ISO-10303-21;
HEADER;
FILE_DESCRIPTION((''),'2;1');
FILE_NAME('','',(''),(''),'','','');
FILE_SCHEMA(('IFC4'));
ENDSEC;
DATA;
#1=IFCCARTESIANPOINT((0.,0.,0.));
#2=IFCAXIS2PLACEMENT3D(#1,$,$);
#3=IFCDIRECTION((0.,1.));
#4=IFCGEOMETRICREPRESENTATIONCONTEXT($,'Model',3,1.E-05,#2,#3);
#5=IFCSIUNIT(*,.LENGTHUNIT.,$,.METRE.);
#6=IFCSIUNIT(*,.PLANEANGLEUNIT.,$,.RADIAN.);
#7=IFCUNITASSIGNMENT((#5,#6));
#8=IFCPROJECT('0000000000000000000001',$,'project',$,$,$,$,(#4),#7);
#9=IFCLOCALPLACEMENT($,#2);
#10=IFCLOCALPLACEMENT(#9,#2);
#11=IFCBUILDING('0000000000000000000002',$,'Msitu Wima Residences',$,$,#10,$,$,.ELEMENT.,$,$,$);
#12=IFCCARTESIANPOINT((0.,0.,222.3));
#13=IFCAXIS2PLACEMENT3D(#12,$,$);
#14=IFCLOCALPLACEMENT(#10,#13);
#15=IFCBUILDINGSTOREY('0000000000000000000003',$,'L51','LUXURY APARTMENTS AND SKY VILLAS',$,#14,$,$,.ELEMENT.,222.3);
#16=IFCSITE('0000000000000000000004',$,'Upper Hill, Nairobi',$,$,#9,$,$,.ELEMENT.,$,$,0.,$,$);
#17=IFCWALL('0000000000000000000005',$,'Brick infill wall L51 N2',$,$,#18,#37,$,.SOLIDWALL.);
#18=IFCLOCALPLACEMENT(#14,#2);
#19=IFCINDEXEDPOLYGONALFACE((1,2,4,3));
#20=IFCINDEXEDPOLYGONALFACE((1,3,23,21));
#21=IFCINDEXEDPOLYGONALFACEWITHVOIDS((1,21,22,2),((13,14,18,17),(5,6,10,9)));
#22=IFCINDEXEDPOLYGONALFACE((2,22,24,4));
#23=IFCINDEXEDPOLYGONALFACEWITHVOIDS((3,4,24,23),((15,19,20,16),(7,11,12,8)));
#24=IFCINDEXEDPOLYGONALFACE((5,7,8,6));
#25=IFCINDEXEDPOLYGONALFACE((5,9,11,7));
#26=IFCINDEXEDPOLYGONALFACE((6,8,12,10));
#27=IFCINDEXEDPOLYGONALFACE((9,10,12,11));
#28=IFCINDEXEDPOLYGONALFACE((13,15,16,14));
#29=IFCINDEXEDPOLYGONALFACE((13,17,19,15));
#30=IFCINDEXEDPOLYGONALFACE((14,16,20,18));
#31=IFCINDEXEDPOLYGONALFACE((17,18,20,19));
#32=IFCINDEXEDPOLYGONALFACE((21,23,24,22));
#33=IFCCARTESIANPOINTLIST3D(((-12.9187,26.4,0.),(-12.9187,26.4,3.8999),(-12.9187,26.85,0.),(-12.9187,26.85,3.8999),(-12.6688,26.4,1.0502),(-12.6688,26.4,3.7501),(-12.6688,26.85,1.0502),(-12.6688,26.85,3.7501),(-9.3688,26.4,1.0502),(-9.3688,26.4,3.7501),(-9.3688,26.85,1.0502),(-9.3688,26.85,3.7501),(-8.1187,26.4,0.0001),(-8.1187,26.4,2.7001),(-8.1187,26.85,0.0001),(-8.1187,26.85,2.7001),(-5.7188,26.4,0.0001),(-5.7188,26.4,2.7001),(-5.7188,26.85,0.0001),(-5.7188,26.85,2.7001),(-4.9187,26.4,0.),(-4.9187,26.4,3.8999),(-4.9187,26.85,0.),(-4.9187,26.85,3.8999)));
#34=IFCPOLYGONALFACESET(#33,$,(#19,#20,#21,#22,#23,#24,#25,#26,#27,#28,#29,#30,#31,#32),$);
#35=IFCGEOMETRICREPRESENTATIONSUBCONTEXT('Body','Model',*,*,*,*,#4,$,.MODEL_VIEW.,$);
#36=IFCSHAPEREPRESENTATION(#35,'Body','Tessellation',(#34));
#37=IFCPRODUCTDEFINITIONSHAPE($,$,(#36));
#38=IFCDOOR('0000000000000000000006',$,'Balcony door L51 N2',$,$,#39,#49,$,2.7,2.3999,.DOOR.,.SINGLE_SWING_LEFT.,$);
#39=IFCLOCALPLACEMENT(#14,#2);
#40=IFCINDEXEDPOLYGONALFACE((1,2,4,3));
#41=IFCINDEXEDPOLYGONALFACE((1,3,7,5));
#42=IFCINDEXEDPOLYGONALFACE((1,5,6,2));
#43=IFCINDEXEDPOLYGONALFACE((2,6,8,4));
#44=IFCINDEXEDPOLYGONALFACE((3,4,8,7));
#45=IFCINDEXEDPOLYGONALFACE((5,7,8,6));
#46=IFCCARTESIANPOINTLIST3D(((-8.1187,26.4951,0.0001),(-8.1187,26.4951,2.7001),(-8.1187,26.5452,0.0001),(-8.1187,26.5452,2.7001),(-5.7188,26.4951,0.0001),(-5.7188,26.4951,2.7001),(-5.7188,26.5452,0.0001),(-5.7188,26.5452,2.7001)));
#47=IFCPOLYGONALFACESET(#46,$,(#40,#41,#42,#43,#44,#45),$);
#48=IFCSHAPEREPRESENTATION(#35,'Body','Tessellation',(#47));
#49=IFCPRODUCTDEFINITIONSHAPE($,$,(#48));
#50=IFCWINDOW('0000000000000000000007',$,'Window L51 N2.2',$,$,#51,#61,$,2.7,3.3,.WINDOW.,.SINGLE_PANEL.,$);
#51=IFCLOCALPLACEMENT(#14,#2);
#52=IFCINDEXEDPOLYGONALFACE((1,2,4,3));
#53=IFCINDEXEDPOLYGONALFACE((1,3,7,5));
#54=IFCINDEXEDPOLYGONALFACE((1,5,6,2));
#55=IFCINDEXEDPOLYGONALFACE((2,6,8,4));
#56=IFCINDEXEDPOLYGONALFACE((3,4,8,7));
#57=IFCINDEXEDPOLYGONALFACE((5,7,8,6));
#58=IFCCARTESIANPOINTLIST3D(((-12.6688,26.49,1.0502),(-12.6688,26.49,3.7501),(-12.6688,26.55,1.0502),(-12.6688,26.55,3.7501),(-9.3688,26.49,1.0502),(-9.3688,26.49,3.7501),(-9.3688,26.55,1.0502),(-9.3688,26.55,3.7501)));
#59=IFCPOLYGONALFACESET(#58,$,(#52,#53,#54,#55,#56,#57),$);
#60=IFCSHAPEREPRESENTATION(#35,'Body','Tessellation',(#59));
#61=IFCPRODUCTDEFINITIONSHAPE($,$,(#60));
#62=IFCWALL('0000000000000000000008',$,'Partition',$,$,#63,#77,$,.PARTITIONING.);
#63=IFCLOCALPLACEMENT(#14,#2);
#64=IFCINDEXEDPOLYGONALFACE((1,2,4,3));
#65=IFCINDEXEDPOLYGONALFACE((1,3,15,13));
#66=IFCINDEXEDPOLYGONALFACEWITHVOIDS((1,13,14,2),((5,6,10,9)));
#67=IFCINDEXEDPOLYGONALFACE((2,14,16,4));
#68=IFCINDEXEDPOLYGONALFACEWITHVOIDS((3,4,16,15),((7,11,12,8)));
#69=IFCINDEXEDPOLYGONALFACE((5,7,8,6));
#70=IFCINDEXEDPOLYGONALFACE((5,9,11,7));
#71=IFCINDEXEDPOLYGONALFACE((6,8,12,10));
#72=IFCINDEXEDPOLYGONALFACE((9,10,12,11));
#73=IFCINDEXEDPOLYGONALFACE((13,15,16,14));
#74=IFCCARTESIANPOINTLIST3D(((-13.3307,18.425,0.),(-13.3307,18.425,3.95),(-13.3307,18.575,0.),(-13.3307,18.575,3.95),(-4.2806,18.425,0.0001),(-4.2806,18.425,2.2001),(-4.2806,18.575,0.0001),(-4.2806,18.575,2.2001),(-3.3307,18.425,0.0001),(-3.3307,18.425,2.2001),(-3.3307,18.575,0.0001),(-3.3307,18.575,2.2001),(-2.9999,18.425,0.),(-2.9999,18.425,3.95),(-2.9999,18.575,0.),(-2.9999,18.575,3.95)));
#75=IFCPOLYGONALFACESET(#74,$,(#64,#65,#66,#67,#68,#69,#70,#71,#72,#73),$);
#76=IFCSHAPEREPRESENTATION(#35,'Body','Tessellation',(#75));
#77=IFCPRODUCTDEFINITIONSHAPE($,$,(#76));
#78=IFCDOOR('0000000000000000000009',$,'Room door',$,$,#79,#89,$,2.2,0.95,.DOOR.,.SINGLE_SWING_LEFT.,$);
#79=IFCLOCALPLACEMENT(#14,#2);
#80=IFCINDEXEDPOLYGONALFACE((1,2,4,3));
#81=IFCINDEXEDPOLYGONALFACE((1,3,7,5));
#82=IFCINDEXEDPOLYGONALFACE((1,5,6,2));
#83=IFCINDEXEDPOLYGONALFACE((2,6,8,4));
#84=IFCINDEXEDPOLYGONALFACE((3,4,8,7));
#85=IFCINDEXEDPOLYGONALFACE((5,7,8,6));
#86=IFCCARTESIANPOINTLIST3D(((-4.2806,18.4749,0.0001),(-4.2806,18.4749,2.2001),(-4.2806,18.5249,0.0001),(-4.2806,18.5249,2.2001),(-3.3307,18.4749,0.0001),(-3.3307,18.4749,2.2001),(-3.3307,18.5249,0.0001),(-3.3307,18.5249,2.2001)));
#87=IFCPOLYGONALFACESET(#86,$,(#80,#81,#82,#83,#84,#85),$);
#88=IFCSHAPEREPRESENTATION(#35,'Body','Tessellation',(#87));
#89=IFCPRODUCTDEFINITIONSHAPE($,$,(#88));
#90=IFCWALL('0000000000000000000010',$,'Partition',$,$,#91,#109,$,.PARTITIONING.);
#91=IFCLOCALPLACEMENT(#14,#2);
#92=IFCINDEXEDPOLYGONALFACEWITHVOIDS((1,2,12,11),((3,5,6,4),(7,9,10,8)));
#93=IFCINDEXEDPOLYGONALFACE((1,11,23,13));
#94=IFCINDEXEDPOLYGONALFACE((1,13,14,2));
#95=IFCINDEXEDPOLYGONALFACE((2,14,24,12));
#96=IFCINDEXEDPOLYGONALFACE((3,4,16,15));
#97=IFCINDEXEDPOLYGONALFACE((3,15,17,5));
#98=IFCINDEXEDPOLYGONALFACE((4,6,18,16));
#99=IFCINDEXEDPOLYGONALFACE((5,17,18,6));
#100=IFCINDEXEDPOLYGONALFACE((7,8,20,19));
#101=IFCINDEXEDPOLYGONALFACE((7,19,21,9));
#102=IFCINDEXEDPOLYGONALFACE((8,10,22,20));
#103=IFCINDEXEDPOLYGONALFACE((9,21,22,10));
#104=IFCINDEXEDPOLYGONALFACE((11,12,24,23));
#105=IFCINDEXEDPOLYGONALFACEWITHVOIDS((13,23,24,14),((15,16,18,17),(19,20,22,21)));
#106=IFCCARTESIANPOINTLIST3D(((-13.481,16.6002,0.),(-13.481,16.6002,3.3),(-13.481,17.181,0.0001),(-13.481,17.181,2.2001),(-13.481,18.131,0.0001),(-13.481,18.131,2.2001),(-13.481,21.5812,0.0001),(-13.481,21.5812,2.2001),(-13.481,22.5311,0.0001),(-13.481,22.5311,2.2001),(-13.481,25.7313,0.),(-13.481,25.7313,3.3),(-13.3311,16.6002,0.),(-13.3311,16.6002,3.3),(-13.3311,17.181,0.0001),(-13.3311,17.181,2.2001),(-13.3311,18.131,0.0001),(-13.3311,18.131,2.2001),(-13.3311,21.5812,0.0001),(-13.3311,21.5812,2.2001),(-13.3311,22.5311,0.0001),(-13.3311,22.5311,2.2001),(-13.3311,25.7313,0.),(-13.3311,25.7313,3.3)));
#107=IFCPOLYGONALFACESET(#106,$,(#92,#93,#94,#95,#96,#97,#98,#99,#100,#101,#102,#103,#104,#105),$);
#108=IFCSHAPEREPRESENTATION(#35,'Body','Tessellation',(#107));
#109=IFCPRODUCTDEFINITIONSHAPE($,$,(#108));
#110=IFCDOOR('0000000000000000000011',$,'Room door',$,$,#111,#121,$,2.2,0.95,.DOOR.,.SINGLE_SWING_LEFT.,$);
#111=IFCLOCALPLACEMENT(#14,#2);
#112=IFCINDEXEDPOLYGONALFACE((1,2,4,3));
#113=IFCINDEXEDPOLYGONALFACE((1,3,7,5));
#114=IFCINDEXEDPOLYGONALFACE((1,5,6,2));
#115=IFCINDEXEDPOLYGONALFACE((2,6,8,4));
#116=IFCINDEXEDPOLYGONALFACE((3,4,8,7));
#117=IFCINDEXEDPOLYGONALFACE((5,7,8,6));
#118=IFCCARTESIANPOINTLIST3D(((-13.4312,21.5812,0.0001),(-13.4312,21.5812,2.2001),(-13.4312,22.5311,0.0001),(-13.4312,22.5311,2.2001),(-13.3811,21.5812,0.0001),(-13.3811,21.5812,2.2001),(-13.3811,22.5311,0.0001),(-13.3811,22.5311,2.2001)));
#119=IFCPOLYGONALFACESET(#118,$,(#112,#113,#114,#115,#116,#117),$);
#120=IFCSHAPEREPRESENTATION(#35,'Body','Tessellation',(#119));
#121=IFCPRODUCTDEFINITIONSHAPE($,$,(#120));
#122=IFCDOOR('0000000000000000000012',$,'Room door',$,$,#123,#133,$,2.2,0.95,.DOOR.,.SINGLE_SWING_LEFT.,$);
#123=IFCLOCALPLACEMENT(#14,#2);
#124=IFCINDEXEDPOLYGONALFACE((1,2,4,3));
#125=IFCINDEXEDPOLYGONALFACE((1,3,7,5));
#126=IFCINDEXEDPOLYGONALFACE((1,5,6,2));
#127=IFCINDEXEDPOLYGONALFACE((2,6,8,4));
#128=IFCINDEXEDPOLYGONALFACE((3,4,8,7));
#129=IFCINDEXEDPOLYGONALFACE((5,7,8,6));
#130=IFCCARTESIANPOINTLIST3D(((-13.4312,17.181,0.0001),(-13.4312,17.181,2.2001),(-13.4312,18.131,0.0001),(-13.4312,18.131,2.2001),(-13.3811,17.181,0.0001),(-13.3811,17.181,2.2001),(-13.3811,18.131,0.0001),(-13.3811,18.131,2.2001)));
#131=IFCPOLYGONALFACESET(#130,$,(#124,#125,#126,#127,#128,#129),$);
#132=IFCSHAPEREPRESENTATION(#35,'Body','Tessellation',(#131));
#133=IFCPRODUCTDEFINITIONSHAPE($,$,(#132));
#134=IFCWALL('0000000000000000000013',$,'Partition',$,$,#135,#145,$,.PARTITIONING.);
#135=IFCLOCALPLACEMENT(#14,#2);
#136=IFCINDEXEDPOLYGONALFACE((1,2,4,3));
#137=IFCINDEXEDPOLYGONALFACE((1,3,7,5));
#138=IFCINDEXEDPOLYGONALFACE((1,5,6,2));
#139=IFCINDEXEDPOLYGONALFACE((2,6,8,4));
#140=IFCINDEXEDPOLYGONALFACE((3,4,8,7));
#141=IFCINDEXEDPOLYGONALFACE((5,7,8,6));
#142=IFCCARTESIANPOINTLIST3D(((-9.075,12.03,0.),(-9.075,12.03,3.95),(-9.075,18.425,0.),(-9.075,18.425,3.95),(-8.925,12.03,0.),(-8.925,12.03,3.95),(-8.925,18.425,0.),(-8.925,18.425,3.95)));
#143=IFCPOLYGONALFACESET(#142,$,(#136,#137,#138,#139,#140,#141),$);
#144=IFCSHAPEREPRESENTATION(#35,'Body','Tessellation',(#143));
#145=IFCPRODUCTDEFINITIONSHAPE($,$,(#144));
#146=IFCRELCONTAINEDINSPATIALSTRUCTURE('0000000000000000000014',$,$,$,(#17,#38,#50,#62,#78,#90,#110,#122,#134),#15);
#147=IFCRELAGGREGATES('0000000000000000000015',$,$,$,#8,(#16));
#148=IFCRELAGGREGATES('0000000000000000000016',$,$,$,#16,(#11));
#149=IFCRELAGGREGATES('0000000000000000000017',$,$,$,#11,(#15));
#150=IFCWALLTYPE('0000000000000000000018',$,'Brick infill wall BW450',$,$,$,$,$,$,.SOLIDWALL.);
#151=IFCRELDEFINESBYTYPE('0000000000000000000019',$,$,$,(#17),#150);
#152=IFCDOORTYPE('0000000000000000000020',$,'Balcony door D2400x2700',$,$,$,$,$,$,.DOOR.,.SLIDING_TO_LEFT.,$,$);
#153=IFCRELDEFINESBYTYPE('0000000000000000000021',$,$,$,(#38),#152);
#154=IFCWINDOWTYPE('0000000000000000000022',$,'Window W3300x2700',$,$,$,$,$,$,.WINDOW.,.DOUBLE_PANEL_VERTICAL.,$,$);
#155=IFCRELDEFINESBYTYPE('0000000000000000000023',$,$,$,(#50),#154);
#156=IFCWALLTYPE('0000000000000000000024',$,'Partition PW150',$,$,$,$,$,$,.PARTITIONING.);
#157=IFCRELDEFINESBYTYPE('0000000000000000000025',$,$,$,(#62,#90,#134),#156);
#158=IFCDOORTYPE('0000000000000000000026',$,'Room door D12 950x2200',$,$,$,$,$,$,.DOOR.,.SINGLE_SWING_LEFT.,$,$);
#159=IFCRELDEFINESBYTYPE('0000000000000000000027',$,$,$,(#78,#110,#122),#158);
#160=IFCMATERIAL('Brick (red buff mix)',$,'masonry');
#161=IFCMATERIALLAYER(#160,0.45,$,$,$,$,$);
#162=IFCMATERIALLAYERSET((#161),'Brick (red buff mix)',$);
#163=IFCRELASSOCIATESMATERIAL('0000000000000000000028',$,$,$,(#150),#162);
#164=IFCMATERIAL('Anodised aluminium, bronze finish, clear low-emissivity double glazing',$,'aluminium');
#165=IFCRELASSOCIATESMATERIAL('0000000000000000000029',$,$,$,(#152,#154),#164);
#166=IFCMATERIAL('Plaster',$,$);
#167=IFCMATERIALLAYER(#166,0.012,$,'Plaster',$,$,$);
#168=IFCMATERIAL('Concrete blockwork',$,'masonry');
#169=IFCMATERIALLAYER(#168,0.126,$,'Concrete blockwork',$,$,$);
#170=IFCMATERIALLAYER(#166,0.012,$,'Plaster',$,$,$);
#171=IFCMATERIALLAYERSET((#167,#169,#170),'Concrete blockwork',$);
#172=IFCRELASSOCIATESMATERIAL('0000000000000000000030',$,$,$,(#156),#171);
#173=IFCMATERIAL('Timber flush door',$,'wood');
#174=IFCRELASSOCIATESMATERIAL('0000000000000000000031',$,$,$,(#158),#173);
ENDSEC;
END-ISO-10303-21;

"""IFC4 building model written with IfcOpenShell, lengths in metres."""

from ifc_helpers import new_model, si_unit, direction, frame, frame_2d, origin, place, context, subcontext, project, spatial, rectangle, extrude, material, layer, layer_set, type_object, element, fill, save


model = new_model("IFC4")

# Units and contexts
model_context = context("Model", 3, precision=1e-05, world=origin(), true_north=direction((0.0, 1.0)))
body_context = subcontext(model_context, "Body", "Model", "MODEL_VIEW")
ifc_project = project(units=[si_unit("LENGTHUNIT", "METRE"), si_unit("PLANEANGLEUNIT", "RADIAN")], contexts=[model_context])

# Site, building, storey
site_placement = place(None, origin())
site = spatial("IfcSite", under=ifc_project, at=site_placement, Name="Upper Hill, Nairobi", CompositionType="ELEMENT", RefElevation=0.0)
building_placement = place(site_placement, origin())
building = spatial("IfcBuilding", under=site, at=building_placement, Name="Msitu Wima Residences", CompositionType="ELEMENT")
storey_placement = place(building_placement, frame((0.0, 0.0, 222.3)))
storey = spatial("IfcBuildingStorey", under=building, at=storey_placement, Name="L51", Description="LUXURY APARTMENTS AND SKY VILLAS", CompositionType="ELEMENT", Elevation=222.3)

# Wall, openings, door, window
ifc_material_1 = material(Name="Brick (red buff mix)", Category="masonry")
ifc_layer_1 = layer(ifc_material_1, 0.45)
ifc_layer_set_1 = layer_set([ifc_layer_1], Name="Brick (red buff mix)")
wall_type_1 = type_object("IfcWallType", Name="Brick infill wall BW450", PredefinedType="SOLIDWALL", material=ifc_layer_set_1)
wall_1_placement = place(storey_placement, frame((-4.9187, 26.625, 0.0), z_axis=(0.0, 0.0, 1.0), x_axis=(-1.0, 0.0, 0.0)))
wall_1 = element("IfcWall", 1, at=wall_1_placement, inside=storey, type_object=wall_type_1, Name="Brick infill wall L51 N2", PredefinedType="SOLIDWALL", context=body_context, shape_type="SweptSolid", body=[
    extrude(rectangle(XDim=8.0, YDim=0.45, at=frame_2d((4.0, 0.0))), origin(), (0.0, 0.0, 1.0), 3.8999),
])
opening_1_placement = place(wall_1_placement, frame((0.8, 0.0, 0.0)))
opening_1 = element("IfcOpeningElement", 2, at=opening_1_placement, cuts=wall_1, PredefinedType="OPENING", context=body_context, shape_type="SweptSolid", body=[
    extrude(rectangle(XDim=2.3999, YDim=2.7, at=frame_2d((1.2, 1.3501))), frame((0.0, 0.2349, 0.0), z_axis=(0.0, -1.0, 0.0), x_axis=(1.0, 0.0, 0.0)), (0.0, 0.0, 1.0), 0.47),
])
opening_2_placement = place(wall_1_placement, frame((4.4502, 0.0, 1.05)))
opening_2 = element("IfcOpeningElement", 3, at=opening_2_placement, cuts=wall_1, PredefinedType="OPENING", context=body_context, shape_type="SweptSolid", body=[
    extrude(rectangle(XDim=3.3, YDim=2.7, at=frame_2d((1.6499, 1.3501))), frame((0.0, 0.2349, 0.0), z_axis=(0.0, -1.0, 0.0), x_axis=(1.0, 0.0, 0.0)), (0.0, 0.0, 1.0), 0.47),
])
ifc_material_2 = material(Name="Anodised aluminium, bronze finish, clear low-emissivity double glazing", Category="aluminium")
door_type_1 = type_object("IfcDoorType", Name="Balcony door D2400x2700", OperationType="SLIDING_TO_LEFT", PredefinedType="DOOR", material=ifc_material_2)
door_1_placement = place(opening_1_placement, origin())
door_1 = element("IfcDoor", 4, at=door_1_placement, inside=storey, type_object=door_type_1, Name="Balcony door L51 N2", OperationType="SINGLE_SWING_LEFT", OverallHeight=2.7, OverallWidth=2.3999, PredefinedType="DOOR", context=body_context, shape_type="SweptSolid", body=[
    extrude(rectangle(XDim=2.3999, YDim=2.7, at=frame_2d((1.2, 1.3501))), frame((0.0, 0.1299, 0.0), z_axis=(0.0, -1.0, 0.0), x_axis=(1.0, 0.0, 0.0)), (0.0, 0.0, 1.0), 0.05),
])
fill(opening_1, door_1)
window_type = type_object("IfcWindowType", Name="Window W3300x2700", PartitioningType="DOUBLE_PANEL_VERTICAL", PredefinedType="WINDOW", material=ifc_material_2)
window_placement = place(opening_2_placement, origin())
window = element("IfcWindow", 5, at=window_placement, inside=storey, type_object=window_type, Name="Window L51 N2.2", OverallHeight=2.7, OverallWidth=3.3, PartitioningType="SINGLE_PANEL", PredefinedType="WINDOW", context=body_context, shape_type="SweptSolid", body=[
    extrude(rectangle(XDim=3.3, YDim=2.7, at=frame_2d((1.6499, 1.3501))), frame((0.0, 0.135, 0.0), z_axis=(0.0, -1.0, 0.0), x_axis=(1.0, 0.0, 0.0)), (0.0, 0.0, 1.0), 0.0601),
])
fill(opening_2, window)

# Wall, opening, door
ifc_material_3 = material(Name="Plaster")
ifc_layer_2 = layer(ifc_material_3, 0.012, Name="Plaster")
ifc_material_4 = material(Name="Concrete blockwork", Category="masonry")
ifc_layer_3 = layer(ifc_material_4, 0.126, Name="Concrete blockwork")
ifc_layer_4 = layer(ifc_material_3, 0.012, Name="Plaster")
ifc_layer_set_2 = layer_set([ifc_layer_2, ifc_layer_3, ifc_layer_4], Name="Concrete blockwork")
wall_type_2 = type_object("IfcWallType", Name="Partition PW150", PredefinedType="PARTITIONING", material=ifc_layer_set_2)
wall_2_placement = place(storey_placement, frame((-13.3308, 18.5, 0.0), z_axis=(0.0, 0.0, 1.0), x_axis=(1.0, 0.0, 0.0)))
wall_2 = element("IfcWall", 6, at=wall_2_placement, inside=storey, type_object=wall_type_2, Name="Partition", PredefinedType="PARTITIONING", context=body_context, shape_type="SweptSolid", body=[
    extrude(rectangle(XDim=10.3308, YDim=0.1499, at=frame_2d((5.1655, 0.0))), origin(), (0.0, 0.0, 1.0), 3.95),
])
opening_3_placement = place(wall_2_placement, frame((9.05, 0.0, 0.0)))
opening_3 = element("IfcOpeningElement", 7, at=opening_3_placement, cuts=wall_2, PredefinedType="OPENING", context=body_context, shape_type="SweptSolid", body=[
    extrude(rectangle(XDim=0.95, YDim=2.2, at=frame_2d((0.4751, 1.1001))), frame((0.0, 0.085, 0.0), z_axis=(0.0, -1.0, 0.0), x_axis=(1.0, 0.0, 0.0)), (0.0, 0.0, 1.0), 0.1699),
])
ifc_material_5 = material(Name="Timber flush door", Category="wood")
door_type_2 = type_object("IfcDoorType", Name="Room door D12 950x2200", OperationType="SINGLE_SWING_LEFT", PredefinedType="DOOR", material=ifc_material_5)
door_2_placement = place(opening_3_placement, origin())
door_2 = element("IfcDoor", 8, at=door_2_placement, inside=storey, type_object=door_type_2, Name="Room door", OperationType="SINGLE_SWING_LEFT", OverallHeight=2.2, OverallWidth=0.95, PredefinedType="DOOR", context=body_context, shape_type="SweptSolid", body=[
    extrude(rectangle(XDim=0.95, YDim=2.2, at=frame_2d((0.4751, 1.1001))), frame((0.0, 0.0249, 0.0), z_axis=(0.0, -1.0, 0.0), x_axis=(1.0, 0.0, 0.0)), (0.0, 0.0, 1.0), 0.05),
])
fill(opening_3, door_2)

# Wall, openings, doors
wall_3_placement = place(storey_placement, frame((-13.406, 25.7312, 0.0), z_axis=(0.0, 0.0, 1.0), x_axis=(0.0, -1.0, 0.0)))
wall_3 = element("IfcWall", 9, at=wall_3_placement, inside=storey, type_object=wall_type_2, Name="Partition", PredefinedType="PARTITIONING", context=body_context, shape_type="SweptSolid", body=[
    extrude(rectangle(XDim=9.1311, YDim=0.1499, at=frame_2d((4.5654, 0.0))), origin(), (0.0, 0.0, 1.0), 3.3),
])
opening_4_placement = place(wall_3_placement, frame((3.2, 0.0, 0.0)))
opening_4 = element("IfcOpeningElement", 10, at=opening_4_placement, cuts=wall_3, PredefinedType="OPENING", context=body_context, shape_type="SweptSolid", body=[
    extrude(rectangle(XDim=0.95, YDim=2.2, at=frame_2d((0.4751, 1.1001))), frame((0.0, 0.085, 0.0), z_axis=(0.0, -1.0, 0.0), x_axis=(1.0, 0.0, 0.0)), (0.0, 0.0, 1.0), 0.1699),
])
opening_5_placement = place(wall_3_placement, frame((7.6001, 0.0, 0.0)))
opening_5 = element("IfcOpeningElement", 11, at=opening_5_placement, cuts=wall_3, PredefinedType="OPENING", context=body_context, shape_type="SweptSolid", body=[
    extrude(rectangle(XDim=0.95, YDim=2.2, at=frame_2d((0.4751, 1.1001))), frame((0.0, 0.085, 0.0), z_axis=(0.0, -1.0, 0.0), x_axis=(1.0, 0.0, 0.0)), (0.0, 0.0, 1.0), 0.1699),
])
door_3_placement = place(opening_4_placement, origin())
door_3 = element("IfcDoor", 12, at=door_3_placement, inside=storey, type_object=door_type_2, Name="Room door", OperationType="SINGLE_SWING_LEFT", OverallHeight=2.2, OverallWidth=0.95, PredefinedType="DOOR", context=body_context, shape_type="SweptSolid", body=[
    extrude(rectangle(XDim=0.95, YDim=2.2, at=frame_2d((0.4751, 1.1001))), frame((0.0, 0.0249, 0.0), z_axis=(0.0, -1.0, 0.0), x_axis=(1.0, 0.0, 0.0)), (0.0, 0.0, 1.0), 0.05),
])
fill(opening_4, door_3)
door_4_placement = place(opening_5_placement, origin())
door_4 = element("IfcDoor", 13, at=door_4_placement, inside=storey, type_object=door_type_2, Name="Room door", OperationType="SINGLE_SWING_LEFT", OverallHeight=2.2, OverallWidth=0.95, PredefinedType="DOOR", context=body_context, shape_type="SweptSolid", body=[
    extrude(rectangle(XDim=0.95, YDim=2.2, at=frame_2d((0.4751, 1.1001))), frame((0.0, 0.0249, 0.0), z_axis=(0.0, -1.0, 0.0), x_axis=(1.0, 0.0, 0.0)), (0.0, 0.0, 1.0), 0.05),
])
fill(opening_5, door_4)

# Wall
wall_4_placement = place(storey_placement, frame((-9.0, 12.03, 0.0), z_axis=(0.0, 0.0, 1.0), x_axis=(0.0, 1.0, 0.0)))
element("IfcWall", 14, at=wall_4_placement, inside=storey, type_object=wall_type_2, Name="Partition", PredefinedType="PARTITIONING", context=body_context, shape_type="SweptSolid", body=[
    extrude(rectangle(XDim=6.395, YDim=0.1499, at=frame_2d((3.1975, 0.0))), origin(), (0.0, 0.0, 1.0), 3.95),
])

save(model, "model.ifc")
